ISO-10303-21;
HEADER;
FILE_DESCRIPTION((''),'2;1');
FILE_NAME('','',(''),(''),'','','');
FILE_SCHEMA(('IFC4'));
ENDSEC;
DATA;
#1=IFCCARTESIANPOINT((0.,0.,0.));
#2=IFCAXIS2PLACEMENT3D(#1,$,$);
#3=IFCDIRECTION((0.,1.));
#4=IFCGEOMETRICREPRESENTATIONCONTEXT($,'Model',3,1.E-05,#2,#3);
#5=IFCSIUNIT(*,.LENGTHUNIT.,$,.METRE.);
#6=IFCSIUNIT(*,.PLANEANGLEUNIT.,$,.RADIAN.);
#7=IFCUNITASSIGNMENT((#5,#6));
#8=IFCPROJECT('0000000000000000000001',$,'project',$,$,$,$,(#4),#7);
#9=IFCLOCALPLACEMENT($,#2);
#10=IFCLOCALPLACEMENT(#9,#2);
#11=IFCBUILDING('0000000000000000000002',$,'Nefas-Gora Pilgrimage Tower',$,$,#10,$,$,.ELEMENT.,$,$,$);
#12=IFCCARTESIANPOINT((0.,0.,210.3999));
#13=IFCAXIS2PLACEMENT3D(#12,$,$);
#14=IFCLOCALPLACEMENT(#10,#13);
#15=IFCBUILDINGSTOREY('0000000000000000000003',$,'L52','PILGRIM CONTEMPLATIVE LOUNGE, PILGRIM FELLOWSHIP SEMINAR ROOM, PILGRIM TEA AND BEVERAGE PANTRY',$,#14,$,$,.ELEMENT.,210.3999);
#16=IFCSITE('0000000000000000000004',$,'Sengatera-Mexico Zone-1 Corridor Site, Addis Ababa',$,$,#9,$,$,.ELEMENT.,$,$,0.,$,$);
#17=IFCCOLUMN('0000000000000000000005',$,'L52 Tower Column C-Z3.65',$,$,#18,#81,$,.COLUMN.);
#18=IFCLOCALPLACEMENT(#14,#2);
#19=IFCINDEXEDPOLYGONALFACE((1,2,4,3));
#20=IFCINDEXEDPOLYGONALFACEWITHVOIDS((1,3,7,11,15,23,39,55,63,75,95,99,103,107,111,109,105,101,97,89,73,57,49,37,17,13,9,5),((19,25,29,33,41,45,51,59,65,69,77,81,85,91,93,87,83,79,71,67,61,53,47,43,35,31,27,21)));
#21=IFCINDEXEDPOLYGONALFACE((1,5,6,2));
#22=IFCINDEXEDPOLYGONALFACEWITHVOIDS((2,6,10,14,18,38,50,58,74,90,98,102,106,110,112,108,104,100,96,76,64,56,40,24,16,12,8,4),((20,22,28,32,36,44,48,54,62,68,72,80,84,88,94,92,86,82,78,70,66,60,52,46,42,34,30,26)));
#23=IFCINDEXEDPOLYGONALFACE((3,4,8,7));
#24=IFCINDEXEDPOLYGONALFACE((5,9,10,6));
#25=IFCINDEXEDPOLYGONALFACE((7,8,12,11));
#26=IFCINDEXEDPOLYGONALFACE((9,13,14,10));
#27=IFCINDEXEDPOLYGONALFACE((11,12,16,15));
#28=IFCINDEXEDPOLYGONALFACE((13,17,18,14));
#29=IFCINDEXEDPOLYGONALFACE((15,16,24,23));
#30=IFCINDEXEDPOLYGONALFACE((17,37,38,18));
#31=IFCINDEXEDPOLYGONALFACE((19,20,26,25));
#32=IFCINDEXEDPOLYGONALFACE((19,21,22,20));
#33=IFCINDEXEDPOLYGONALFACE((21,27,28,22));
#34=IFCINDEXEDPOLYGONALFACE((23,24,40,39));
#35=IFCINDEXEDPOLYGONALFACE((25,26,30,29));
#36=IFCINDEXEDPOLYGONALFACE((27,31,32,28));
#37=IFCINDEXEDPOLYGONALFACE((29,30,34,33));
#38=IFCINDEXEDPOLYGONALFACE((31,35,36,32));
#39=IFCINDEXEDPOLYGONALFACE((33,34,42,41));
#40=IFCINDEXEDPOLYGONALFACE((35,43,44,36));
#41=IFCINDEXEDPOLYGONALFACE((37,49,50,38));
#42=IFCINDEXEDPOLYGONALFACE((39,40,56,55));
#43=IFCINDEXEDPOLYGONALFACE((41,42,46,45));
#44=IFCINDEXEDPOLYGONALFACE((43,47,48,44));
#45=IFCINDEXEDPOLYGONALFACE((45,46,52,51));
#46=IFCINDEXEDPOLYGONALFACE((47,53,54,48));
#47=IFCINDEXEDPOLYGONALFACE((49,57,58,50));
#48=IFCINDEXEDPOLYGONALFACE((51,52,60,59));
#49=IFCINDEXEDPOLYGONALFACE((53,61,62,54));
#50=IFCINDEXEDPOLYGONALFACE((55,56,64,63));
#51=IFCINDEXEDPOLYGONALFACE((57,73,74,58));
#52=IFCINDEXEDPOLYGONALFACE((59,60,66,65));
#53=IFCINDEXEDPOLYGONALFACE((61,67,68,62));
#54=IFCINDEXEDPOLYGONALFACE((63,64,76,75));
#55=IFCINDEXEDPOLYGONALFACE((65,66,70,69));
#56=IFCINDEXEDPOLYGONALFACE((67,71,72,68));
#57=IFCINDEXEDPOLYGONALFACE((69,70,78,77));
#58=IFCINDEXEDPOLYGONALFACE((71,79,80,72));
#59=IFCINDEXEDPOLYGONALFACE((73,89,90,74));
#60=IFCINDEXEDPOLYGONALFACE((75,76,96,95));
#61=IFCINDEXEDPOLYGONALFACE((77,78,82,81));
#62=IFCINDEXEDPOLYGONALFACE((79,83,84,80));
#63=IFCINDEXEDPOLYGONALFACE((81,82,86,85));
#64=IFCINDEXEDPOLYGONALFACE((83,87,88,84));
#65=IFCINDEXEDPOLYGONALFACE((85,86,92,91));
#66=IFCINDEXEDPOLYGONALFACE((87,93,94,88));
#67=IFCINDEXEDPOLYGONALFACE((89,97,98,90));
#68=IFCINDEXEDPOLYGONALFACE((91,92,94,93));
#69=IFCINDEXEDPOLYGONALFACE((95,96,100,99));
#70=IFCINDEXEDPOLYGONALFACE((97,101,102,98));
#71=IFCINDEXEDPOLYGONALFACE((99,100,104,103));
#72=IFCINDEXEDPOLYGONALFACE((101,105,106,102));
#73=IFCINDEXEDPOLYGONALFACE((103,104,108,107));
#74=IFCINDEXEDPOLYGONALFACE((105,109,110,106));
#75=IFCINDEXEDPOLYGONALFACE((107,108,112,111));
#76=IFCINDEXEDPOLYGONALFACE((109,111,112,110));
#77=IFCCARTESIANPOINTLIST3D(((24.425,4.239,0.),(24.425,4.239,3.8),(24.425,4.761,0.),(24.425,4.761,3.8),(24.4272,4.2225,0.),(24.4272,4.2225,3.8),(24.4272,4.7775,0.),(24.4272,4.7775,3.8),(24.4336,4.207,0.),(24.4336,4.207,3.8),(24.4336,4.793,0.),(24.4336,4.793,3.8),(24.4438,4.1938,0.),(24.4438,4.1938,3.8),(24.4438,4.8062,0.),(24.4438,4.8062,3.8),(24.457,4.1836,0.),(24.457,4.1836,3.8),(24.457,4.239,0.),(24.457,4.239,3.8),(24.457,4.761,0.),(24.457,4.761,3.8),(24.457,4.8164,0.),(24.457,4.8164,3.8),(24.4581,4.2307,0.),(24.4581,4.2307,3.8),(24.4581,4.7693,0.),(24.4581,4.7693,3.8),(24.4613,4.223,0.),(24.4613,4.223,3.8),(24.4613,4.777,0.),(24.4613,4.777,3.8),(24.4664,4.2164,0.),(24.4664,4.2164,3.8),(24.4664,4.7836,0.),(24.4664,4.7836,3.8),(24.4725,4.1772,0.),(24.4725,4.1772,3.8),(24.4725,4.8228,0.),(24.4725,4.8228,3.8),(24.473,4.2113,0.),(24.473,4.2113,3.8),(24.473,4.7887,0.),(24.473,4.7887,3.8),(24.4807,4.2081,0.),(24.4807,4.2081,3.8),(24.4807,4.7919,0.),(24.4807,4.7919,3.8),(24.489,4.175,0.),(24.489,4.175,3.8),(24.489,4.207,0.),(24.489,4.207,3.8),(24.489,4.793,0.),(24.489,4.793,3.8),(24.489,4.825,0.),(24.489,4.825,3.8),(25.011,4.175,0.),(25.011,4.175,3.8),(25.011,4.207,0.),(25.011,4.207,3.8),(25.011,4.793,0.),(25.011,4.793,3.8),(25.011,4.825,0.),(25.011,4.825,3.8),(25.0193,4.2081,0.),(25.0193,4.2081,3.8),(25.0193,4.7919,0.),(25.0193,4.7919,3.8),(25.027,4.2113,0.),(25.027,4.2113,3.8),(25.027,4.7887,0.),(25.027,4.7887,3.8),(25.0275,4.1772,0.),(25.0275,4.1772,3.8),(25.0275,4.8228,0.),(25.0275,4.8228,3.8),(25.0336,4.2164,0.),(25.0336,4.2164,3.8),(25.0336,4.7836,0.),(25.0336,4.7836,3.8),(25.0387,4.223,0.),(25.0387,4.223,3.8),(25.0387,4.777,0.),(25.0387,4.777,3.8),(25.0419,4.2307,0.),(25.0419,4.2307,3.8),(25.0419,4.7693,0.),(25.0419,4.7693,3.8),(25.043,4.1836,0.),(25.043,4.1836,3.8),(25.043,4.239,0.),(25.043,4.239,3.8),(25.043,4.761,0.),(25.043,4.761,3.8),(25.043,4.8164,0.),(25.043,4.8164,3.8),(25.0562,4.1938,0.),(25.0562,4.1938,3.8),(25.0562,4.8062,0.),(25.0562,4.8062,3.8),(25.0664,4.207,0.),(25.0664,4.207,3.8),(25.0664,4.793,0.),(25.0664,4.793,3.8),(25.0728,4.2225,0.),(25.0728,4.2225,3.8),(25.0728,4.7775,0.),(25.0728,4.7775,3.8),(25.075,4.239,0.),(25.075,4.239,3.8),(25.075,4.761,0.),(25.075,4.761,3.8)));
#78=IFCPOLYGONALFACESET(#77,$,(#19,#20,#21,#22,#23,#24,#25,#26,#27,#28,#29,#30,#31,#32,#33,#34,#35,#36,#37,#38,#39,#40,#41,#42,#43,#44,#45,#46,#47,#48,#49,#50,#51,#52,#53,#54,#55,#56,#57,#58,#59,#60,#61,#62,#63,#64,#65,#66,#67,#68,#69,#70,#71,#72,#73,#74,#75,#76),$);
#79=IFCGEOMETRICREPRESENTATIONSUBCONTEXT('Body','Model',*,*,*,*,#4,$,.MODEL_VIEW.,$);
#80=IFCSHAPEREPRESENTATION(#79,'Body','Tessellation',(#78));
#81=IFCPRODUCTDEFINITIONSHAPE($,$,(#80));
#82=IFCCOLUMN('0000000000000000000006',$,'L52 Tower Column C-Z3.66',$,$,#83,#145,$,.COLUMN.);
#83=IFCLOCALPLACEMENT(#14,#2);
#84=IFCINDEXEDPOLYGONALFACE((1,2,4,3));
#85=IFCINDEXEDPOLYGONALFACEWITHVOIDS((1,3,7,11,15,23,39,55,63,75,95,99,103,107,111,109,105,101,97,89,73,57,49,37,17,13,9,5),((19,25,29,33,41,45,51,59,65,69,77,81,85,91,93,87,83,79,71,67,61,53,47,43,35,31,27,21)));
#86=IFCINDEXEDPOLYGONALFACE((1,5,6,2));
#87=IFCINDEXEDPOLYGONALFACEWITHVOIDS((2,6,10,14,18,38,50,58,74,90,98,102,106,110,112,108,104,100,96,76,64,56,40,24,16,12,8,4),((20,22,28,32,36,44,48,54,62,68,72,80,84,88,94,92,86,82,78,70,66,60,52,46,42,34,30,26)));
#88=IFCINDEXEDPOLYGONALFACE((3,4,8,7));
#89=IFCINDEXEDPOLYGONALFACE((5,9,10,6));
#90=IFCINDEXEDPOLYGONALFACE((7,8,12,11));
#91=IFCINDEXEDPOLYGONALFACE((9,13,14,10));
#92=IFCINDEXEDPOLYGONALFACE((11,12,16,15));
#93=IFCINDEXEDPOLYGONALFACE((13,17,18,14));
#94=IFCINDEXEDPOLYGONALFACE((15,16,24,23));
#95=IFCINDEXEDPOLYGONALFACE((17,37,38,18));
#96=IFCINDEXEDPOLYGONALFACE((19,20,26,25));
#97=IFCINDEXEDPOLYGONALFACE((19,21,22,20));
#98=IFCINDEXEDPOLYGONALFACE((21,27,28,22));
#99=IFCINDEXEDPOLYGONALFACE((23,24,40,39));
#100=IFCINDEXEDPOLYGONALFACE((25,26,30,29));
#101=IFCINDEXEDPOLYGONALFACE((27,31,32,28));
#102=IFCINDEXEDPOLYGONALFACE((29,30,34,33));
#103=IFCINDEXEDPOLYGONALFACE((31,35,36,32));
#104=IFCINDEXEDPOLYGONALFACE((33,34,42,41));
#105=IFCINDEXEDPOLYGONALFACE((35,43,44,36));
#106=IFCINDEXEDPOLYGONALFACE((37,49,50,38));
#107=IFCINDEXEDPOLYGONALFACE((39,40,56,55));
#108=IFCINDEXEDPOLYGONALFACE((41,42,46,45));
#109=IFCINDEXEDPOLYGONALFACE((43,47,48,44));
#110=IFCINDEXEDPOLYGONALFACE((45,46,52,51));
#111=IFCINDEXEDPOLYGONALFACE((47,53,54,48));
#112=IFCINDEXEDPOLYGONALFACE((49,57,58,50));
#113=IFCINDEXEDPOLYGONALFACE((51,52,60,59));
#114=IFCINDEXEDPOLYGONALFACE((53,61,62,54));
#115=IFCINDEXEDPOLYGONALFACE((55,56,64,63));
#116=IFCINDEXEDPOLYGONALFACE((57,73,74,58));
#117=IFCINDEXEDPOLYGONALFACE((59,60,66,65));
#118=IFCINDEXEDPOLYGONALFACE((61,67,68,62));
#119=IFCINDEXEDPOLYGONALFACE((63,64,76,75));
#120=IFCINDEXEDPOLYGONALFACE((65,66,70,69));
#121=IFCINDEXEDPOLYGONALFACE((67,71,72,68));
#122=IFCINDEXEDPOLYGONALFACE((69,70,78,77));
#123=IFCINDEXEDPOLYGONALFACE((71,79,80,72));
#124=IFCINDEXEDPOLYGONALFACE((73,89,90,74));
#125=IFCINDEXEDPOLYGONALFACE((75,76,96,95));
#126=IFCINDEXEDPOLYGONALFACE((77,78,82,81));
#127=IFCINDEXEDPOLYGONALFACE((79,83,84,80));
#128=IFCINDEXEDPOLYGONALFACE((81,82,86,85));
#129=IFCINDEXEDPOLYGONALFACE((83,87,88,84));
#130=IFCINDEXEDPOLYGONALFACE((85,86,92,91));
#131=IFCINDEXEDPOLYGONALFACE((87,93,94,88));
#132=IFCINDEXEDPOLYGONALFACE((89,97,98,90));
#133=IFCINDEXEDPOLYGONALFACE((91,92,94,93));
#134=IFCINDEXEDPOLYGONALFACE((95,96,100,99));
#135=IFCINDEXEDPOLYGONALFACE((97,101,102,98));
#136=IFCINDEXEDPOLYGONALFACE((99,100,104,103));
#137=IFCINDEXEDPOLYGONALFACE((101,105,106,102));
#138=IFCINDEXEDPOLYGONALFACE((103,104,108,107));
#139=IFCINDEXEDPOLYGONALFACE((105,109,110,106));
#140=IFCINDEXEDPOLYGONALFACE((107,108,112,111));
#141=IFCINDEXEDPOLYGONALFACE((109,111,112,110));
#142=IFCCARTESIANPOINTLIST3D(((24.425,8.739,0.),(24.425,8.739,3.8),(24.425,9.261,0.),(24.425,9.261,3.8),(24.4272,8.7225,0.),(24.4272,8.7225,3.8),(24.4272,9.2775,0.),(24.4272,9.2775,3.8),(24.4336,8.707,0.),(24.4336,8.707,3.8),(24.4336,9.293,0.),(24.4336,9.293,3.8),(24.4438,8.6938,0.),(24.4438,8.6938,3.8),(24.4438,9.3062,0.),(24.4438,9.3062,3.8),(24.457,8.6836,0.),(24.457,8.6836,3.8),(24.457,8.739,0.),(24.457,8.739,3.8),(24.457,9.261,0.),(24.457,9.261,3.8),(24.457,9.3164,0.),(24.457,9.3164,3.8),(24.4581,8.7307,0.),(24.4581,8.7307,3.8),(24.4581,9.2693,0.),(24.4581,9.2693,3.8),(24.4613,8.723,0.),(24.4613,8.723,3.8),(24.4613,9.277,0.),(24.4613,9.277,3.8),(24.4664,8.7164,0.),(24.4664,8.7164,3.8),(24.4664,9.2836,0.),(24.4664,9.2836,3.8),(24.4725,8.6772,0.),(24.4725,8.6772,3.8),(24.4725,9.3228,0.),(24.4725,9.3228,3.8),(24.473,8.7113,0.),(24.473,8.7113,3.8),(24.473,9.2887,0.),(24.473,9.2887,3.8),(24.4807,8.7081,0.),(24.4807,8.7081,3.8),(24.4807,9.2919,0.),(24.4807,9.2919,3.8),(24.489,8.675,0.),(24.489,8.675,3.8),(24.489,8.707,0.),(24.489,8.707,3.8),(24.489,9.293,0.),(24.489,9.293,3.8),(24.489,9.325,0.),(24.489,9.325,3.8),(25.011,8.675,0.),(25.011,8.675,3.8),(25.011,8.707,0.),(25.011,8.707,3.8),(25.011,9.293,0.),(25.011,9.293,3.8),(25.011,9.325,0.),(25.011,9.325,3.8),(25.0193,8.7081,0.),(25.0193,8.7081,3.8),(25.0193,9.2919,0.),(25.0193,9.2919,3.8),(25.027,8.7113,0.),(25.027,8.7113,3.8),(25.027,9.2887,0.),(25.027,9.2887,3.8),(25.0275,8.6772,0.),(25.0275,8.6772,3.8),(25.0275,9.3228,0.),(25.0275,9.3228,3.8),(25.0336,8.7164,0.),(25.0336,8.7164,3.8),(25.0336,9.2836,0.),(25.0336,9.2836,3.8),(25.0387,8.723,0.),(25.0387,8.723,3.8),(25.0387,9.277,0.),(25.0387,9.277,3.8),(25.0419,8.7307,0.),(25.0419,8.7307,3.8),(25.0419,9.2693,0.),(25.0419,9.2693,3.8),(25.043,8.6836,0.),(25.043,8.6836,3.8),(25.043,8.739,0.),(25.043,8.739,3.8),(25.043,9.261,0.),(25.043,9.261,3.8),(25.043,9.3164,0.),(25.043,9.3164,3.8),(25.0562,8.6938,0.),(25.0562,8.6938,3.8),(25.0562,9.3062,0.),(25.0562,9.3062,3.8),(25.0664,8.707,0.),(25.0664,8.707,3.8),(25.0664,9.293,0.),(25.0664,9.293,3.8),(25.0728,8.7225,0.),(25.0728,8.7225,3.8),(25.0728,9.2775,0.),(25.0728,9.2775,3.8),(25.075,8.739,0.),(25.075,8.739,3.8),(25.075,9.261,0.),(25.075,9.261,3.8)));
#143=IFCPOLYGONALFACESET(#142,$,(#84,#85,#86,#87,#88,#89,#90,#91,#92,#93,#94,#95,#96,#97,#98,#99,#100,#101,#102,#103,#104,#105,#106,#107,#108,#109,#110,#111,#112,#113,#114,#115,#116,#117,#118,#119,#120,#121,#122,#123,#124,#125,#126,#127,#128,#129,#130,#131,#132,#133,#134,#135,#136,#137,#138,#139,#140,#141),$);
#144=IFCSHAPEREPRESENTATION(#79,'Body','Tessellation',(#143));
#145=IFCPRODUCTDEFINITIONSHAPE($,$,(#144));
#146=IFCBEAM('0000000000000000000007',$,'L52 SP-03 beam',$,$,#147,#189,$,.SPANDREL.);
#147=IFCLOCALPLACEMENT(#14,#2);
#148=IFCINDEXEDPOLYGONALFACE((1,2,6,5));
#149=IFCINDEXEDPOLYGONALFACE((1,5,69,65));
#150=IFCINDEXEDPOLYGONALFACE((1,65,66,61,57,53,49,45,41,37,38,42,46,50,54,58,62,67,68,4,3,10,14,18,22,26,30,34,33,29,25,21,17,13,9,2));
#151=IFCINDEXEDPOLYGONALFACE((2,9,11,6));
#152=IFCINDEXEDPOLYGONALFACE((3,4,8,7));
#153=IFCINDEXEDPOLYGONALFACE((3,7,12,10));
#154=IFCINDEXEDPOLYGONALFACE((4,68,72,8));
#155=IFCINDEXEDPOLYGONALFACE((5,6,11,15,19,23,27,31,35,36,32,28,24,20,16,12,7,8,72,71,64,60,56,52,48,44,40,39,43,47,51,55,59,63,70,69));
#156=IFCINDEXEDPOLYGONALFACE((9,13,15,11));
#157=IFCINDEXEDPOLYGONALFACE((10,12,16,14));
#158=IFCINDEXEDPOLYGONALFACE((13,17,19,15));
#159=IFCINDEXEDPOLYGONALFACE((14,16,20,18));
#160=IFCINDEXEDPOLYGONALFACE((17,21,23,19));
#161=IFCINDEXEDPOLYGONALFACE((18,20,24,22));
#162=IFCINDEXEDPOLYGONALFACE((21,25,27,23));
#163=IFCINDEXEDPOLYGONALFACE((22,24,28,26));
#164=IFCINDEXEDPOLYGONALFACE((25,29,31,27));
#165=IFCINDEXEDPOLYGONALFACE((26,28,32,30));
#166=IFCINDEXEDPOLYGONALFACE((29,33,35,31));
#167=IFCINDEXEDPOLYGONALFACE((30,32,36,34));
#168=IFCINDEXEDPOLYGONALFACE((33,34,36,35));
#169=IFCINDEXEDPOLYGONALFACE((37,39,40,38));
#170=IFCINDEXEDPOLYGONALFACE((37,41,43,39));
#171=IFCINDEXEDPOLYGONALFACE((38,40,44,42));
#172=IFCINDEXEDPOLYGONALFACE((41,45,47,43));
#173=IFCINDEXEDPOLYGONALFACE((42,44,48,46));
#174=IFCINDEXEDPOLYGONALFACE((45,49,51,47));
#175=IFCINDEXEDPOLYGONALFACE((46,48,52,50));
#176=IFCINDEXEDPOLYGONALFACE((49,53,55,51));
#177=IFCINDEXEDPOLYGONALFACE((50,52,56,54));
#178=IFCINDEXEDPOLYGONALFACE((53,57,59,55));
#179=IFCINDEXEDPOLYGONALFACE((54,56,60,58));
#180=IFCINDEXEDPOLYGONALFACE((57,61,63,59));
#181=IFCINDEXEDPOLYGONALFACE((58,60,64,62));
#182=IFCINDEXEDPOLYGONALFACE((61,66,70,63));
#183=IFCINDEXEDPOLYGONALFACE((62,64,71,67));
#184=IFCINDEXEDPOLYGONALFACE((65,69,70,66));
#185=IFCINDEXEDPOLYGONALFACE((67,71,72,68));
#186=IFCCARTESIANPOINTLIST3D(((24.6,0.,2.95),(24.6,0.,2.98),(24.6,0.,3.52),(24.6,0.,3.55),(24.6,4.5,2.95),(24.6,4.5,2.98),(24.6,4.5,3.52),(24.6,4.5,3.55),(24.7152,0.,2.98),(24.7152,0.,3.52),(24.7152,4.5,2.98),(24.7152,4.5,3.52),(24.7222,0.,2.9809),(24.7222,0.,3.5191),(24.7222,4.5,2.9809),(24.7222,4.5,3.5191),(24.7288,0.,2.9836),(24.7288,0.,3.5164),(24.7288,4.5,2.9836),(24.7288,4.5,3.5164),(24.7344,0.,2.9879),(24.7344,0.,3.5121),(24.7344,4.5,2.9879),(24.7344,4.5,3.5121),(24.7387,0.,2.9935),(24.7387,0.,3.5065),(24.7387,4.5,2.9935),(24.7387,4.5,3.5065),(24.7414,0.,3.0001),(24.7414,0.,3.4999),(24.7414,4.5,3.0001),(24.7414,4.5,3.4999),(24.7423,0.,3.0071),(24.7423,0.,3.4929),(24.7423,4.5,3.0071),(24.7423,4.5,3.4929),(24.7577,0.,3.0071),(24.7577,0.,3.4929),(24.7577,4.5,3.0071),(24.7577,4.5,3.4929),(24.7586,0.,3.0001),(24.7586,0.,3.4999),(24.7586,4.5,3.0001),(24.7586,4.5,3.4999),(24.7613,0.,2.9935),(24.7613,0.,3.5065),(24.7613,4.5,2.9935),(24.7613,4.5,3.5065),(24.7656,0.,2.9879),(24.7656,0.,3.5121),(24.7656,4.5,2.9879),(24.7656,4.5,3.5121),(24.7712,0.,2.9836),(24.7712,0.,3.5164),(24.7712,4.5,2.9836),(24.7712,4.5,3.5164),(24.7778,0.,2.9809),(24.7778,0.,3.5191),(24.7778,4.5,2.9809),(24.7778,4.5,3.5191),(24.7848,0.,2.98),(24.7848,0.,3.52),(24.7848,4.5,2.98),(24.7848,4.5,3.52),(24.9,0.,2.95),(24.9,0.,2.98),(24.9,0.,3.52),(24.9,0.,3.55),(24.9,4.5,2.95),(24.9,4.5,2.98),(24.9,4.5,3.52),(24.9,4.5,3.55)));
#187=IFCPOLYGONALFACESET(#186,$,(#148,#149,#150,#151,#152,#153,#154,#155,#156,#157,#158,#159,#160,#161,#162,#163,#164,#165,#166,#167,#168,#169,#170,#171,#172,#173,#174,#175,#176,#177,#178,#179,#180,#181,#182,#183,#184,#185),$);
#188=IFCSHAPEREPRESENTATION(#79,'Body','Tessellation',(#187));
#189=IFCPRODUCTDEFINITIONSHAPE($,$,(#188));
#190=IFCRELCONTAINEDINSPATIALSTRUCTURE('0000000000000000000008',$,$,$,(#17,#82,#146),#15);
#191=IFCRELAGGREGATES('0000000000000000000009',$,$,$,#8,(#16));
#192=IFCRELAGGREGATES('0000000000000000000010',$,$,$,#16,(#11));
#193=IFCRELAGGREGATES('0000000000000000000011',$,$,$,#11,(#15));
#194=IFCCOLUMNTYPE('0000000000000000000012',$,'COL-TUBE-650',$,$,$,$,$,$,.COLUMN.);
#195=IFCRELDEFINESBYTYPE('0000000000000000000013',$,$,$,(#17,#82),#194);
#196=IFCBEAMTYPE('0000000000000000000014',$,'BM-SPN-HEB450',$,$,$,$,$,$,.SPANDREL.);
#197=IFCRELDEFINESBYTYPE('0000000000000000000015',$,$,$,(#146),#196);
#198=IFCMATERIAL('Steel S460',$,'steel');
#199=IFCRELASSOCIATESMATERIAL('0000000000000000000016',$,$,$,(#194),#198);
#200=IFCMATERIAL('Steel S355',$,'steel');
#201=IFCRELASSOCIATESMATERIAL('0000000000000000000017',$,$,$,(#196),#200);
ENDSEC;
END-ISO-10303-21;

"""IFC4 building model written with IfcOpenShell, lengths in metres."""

from ifc_helpers import new_model, si_unit, direction, frame, origin, origin_2d, place, context, subcontext, project, spatial, hollow_rectangle, i_section, extrude, source, transform, mapped, material, material_profile, profile_set, type_object, element, save


model = new_model("IFC4")

# Units and contexts
model_context = context("Model", 3, precision=1e-05, world=origin(), true_north=direction((0.0, 1.0)))
body_context = subcontext(model_context, "Body", "Model", "MODEL_VIEW")
ifc_project = project(units=[si_unit("LENGTHUNIT", "METRE"), si_unit("PLANEANGLEUNIT", "RADIAN")], contexts=[model_context])

# Site, building, storey
site_placement = place(None, origin())
site = spatial("IfcSite", under=ifc_project, at=site_placement, Name="Sengatera-Mexico Zone-1 Corridor Site, Addis Ababa", CompositionType="ELEMENT", RefElevation=0.0)
building_placement = place(site_placement, origin())
building = spatial("IfcBuilding", under=site, at=building_placement, Name="Nefas-Gora Pilgrimage Tower", CompositionType="ELEMENT")
storey_placement = place(building_placement, frame((0.0, 0.0, 210.3999)))
storey = spatial("IfcBuildingStorey", under=building, at=storey_placement, Name="L52", Description="PILGRIM CONTEMPLATIVE LOUNGE, PILGRIM FELLOWSHIP SEMINAR ROOM, PILGRIM TEA AND BEVERAGE PANTRY", CompositionType="ELEMENT", Elevation=210.3999)

# Columns
ifc_material_1 = material(Name="Steel S460", Category="steel")
ifc_material_profile_1 = material_profile(ifc_material_1, hollow_rectangle(XDim=0.6499, YDim=0.6499, WallThickness=0.032, InnerFilletRadius=0.032, OuterFilletRadius=0.064, at=origin_2d()), Name="BOX 650x650x32")
ifc_profile_set_1 = profile_set([ifc_material_profile_1], Name="Steel S460")
column_type_1 = type_object("IfcColumnType", Name="COL-TUBE-650", PredefinedType="COLUMN", material=ifc_profile_set_1)
shared_shape_1 = source(origin(), body_context, "Body", "SweptSolid", [
    extrude(hollow_rectangle(XDim=0.6499, YDim=0.6499, WallThickness=0.032, InnerFilletRadius=0.032, OuterFilletRadius=0.064, at=origin_2d()), origin(), (0.0, 0.0, 1.0), 3.8),
])
for number, where, z_axis, x_axis, name in (
    (1, (24.75, 4.5, 0.0), (0.0, 0.0, 1.0), (1.0, 0.0, 0.0), "L52 Tower Column C-Z3.65"),
    (2, (24.75, 9.0, 0.0), (0.0, 0.0, 1.0), (1.0, 0.0, 0.0), "L52 Tower Column C-Z3.66"),
):
    element("IfcColumn", number, at=place(storey_placement, frame(where, z_axis=z_axis, x_axis=x_axis)), inside=storey, type_object=column_type_1, Name=name, PredefinedType="COLUMN", context=body_context, shape_type="MappedRepresentation", body=[
        mapped(shared_shape_1, transform((0.0, 0.0, 0.0), x_axis=(1.0, 0.0, 0.0), y_axis=(0.0, 1.0, 0.0), z_axis=(0.0, 0.0, 1.0), scale=1.0)),
    ])

# Beam
ifc_material_2 = material(Name="Steel S355", Category="steel")
ifc_material_profile_2 = material_profile(ifc_material_2, i_section(OverallWidth=0.3, OverallDepth=0.6001, WebThickness=0.0154, FlangeThickness=0.03, FilletRadius=0.0271, at=origin_2d()), Name="HEB 600")
ifc_profile_set_2 = profile_set([ifc_material_profile_2], Name="Steel S355")
beam_type_1 = type_object("IfcBeamType", Name="BM-SPN-HEB450", PredefinedType="SPANDREL", material=ifc_profile_set_2)
shared_shape_2 = source(origin(), body_context, "Body", "SweptSolid", [
    extrude(i_section(OverallWidth=0.3, OverallDepth=0.6001, WebThickness=0.0154, FlangeThickness=0.03, FilletRadius=0.0271, at=origin_2d()), origin(), (0.0, 0.0, 1.0), 4.5),
])
for number, where, z_axis, x_axis, name in (
    (3, (24.75, 0.0, 3.25), (0.0, 1.0, 0.0), (-1.0, 0.0, 0.0), "L52 SP-03 beam"),
):
    element("IfcBeam", number, at=place(storey_placement, frame(where, z_axis=z_axis, x_axis=x_axis)), inside=storey, type_object=beam_type_1, Name=name, PredefinedType="SPANDREL", context=body_context, shape_type="MappedRepresentation", body=[
        mapped(shared_shape_2, transform((0.0, 0.0, 0.0), x_axis=(1.0, 0.0, 0.0), y_axis=(0.0, 1.0, 0.0), z_axis=(0.0, 0.0, 1.0), scale=1.0)),
    ])

save(model, "model.ifc")
